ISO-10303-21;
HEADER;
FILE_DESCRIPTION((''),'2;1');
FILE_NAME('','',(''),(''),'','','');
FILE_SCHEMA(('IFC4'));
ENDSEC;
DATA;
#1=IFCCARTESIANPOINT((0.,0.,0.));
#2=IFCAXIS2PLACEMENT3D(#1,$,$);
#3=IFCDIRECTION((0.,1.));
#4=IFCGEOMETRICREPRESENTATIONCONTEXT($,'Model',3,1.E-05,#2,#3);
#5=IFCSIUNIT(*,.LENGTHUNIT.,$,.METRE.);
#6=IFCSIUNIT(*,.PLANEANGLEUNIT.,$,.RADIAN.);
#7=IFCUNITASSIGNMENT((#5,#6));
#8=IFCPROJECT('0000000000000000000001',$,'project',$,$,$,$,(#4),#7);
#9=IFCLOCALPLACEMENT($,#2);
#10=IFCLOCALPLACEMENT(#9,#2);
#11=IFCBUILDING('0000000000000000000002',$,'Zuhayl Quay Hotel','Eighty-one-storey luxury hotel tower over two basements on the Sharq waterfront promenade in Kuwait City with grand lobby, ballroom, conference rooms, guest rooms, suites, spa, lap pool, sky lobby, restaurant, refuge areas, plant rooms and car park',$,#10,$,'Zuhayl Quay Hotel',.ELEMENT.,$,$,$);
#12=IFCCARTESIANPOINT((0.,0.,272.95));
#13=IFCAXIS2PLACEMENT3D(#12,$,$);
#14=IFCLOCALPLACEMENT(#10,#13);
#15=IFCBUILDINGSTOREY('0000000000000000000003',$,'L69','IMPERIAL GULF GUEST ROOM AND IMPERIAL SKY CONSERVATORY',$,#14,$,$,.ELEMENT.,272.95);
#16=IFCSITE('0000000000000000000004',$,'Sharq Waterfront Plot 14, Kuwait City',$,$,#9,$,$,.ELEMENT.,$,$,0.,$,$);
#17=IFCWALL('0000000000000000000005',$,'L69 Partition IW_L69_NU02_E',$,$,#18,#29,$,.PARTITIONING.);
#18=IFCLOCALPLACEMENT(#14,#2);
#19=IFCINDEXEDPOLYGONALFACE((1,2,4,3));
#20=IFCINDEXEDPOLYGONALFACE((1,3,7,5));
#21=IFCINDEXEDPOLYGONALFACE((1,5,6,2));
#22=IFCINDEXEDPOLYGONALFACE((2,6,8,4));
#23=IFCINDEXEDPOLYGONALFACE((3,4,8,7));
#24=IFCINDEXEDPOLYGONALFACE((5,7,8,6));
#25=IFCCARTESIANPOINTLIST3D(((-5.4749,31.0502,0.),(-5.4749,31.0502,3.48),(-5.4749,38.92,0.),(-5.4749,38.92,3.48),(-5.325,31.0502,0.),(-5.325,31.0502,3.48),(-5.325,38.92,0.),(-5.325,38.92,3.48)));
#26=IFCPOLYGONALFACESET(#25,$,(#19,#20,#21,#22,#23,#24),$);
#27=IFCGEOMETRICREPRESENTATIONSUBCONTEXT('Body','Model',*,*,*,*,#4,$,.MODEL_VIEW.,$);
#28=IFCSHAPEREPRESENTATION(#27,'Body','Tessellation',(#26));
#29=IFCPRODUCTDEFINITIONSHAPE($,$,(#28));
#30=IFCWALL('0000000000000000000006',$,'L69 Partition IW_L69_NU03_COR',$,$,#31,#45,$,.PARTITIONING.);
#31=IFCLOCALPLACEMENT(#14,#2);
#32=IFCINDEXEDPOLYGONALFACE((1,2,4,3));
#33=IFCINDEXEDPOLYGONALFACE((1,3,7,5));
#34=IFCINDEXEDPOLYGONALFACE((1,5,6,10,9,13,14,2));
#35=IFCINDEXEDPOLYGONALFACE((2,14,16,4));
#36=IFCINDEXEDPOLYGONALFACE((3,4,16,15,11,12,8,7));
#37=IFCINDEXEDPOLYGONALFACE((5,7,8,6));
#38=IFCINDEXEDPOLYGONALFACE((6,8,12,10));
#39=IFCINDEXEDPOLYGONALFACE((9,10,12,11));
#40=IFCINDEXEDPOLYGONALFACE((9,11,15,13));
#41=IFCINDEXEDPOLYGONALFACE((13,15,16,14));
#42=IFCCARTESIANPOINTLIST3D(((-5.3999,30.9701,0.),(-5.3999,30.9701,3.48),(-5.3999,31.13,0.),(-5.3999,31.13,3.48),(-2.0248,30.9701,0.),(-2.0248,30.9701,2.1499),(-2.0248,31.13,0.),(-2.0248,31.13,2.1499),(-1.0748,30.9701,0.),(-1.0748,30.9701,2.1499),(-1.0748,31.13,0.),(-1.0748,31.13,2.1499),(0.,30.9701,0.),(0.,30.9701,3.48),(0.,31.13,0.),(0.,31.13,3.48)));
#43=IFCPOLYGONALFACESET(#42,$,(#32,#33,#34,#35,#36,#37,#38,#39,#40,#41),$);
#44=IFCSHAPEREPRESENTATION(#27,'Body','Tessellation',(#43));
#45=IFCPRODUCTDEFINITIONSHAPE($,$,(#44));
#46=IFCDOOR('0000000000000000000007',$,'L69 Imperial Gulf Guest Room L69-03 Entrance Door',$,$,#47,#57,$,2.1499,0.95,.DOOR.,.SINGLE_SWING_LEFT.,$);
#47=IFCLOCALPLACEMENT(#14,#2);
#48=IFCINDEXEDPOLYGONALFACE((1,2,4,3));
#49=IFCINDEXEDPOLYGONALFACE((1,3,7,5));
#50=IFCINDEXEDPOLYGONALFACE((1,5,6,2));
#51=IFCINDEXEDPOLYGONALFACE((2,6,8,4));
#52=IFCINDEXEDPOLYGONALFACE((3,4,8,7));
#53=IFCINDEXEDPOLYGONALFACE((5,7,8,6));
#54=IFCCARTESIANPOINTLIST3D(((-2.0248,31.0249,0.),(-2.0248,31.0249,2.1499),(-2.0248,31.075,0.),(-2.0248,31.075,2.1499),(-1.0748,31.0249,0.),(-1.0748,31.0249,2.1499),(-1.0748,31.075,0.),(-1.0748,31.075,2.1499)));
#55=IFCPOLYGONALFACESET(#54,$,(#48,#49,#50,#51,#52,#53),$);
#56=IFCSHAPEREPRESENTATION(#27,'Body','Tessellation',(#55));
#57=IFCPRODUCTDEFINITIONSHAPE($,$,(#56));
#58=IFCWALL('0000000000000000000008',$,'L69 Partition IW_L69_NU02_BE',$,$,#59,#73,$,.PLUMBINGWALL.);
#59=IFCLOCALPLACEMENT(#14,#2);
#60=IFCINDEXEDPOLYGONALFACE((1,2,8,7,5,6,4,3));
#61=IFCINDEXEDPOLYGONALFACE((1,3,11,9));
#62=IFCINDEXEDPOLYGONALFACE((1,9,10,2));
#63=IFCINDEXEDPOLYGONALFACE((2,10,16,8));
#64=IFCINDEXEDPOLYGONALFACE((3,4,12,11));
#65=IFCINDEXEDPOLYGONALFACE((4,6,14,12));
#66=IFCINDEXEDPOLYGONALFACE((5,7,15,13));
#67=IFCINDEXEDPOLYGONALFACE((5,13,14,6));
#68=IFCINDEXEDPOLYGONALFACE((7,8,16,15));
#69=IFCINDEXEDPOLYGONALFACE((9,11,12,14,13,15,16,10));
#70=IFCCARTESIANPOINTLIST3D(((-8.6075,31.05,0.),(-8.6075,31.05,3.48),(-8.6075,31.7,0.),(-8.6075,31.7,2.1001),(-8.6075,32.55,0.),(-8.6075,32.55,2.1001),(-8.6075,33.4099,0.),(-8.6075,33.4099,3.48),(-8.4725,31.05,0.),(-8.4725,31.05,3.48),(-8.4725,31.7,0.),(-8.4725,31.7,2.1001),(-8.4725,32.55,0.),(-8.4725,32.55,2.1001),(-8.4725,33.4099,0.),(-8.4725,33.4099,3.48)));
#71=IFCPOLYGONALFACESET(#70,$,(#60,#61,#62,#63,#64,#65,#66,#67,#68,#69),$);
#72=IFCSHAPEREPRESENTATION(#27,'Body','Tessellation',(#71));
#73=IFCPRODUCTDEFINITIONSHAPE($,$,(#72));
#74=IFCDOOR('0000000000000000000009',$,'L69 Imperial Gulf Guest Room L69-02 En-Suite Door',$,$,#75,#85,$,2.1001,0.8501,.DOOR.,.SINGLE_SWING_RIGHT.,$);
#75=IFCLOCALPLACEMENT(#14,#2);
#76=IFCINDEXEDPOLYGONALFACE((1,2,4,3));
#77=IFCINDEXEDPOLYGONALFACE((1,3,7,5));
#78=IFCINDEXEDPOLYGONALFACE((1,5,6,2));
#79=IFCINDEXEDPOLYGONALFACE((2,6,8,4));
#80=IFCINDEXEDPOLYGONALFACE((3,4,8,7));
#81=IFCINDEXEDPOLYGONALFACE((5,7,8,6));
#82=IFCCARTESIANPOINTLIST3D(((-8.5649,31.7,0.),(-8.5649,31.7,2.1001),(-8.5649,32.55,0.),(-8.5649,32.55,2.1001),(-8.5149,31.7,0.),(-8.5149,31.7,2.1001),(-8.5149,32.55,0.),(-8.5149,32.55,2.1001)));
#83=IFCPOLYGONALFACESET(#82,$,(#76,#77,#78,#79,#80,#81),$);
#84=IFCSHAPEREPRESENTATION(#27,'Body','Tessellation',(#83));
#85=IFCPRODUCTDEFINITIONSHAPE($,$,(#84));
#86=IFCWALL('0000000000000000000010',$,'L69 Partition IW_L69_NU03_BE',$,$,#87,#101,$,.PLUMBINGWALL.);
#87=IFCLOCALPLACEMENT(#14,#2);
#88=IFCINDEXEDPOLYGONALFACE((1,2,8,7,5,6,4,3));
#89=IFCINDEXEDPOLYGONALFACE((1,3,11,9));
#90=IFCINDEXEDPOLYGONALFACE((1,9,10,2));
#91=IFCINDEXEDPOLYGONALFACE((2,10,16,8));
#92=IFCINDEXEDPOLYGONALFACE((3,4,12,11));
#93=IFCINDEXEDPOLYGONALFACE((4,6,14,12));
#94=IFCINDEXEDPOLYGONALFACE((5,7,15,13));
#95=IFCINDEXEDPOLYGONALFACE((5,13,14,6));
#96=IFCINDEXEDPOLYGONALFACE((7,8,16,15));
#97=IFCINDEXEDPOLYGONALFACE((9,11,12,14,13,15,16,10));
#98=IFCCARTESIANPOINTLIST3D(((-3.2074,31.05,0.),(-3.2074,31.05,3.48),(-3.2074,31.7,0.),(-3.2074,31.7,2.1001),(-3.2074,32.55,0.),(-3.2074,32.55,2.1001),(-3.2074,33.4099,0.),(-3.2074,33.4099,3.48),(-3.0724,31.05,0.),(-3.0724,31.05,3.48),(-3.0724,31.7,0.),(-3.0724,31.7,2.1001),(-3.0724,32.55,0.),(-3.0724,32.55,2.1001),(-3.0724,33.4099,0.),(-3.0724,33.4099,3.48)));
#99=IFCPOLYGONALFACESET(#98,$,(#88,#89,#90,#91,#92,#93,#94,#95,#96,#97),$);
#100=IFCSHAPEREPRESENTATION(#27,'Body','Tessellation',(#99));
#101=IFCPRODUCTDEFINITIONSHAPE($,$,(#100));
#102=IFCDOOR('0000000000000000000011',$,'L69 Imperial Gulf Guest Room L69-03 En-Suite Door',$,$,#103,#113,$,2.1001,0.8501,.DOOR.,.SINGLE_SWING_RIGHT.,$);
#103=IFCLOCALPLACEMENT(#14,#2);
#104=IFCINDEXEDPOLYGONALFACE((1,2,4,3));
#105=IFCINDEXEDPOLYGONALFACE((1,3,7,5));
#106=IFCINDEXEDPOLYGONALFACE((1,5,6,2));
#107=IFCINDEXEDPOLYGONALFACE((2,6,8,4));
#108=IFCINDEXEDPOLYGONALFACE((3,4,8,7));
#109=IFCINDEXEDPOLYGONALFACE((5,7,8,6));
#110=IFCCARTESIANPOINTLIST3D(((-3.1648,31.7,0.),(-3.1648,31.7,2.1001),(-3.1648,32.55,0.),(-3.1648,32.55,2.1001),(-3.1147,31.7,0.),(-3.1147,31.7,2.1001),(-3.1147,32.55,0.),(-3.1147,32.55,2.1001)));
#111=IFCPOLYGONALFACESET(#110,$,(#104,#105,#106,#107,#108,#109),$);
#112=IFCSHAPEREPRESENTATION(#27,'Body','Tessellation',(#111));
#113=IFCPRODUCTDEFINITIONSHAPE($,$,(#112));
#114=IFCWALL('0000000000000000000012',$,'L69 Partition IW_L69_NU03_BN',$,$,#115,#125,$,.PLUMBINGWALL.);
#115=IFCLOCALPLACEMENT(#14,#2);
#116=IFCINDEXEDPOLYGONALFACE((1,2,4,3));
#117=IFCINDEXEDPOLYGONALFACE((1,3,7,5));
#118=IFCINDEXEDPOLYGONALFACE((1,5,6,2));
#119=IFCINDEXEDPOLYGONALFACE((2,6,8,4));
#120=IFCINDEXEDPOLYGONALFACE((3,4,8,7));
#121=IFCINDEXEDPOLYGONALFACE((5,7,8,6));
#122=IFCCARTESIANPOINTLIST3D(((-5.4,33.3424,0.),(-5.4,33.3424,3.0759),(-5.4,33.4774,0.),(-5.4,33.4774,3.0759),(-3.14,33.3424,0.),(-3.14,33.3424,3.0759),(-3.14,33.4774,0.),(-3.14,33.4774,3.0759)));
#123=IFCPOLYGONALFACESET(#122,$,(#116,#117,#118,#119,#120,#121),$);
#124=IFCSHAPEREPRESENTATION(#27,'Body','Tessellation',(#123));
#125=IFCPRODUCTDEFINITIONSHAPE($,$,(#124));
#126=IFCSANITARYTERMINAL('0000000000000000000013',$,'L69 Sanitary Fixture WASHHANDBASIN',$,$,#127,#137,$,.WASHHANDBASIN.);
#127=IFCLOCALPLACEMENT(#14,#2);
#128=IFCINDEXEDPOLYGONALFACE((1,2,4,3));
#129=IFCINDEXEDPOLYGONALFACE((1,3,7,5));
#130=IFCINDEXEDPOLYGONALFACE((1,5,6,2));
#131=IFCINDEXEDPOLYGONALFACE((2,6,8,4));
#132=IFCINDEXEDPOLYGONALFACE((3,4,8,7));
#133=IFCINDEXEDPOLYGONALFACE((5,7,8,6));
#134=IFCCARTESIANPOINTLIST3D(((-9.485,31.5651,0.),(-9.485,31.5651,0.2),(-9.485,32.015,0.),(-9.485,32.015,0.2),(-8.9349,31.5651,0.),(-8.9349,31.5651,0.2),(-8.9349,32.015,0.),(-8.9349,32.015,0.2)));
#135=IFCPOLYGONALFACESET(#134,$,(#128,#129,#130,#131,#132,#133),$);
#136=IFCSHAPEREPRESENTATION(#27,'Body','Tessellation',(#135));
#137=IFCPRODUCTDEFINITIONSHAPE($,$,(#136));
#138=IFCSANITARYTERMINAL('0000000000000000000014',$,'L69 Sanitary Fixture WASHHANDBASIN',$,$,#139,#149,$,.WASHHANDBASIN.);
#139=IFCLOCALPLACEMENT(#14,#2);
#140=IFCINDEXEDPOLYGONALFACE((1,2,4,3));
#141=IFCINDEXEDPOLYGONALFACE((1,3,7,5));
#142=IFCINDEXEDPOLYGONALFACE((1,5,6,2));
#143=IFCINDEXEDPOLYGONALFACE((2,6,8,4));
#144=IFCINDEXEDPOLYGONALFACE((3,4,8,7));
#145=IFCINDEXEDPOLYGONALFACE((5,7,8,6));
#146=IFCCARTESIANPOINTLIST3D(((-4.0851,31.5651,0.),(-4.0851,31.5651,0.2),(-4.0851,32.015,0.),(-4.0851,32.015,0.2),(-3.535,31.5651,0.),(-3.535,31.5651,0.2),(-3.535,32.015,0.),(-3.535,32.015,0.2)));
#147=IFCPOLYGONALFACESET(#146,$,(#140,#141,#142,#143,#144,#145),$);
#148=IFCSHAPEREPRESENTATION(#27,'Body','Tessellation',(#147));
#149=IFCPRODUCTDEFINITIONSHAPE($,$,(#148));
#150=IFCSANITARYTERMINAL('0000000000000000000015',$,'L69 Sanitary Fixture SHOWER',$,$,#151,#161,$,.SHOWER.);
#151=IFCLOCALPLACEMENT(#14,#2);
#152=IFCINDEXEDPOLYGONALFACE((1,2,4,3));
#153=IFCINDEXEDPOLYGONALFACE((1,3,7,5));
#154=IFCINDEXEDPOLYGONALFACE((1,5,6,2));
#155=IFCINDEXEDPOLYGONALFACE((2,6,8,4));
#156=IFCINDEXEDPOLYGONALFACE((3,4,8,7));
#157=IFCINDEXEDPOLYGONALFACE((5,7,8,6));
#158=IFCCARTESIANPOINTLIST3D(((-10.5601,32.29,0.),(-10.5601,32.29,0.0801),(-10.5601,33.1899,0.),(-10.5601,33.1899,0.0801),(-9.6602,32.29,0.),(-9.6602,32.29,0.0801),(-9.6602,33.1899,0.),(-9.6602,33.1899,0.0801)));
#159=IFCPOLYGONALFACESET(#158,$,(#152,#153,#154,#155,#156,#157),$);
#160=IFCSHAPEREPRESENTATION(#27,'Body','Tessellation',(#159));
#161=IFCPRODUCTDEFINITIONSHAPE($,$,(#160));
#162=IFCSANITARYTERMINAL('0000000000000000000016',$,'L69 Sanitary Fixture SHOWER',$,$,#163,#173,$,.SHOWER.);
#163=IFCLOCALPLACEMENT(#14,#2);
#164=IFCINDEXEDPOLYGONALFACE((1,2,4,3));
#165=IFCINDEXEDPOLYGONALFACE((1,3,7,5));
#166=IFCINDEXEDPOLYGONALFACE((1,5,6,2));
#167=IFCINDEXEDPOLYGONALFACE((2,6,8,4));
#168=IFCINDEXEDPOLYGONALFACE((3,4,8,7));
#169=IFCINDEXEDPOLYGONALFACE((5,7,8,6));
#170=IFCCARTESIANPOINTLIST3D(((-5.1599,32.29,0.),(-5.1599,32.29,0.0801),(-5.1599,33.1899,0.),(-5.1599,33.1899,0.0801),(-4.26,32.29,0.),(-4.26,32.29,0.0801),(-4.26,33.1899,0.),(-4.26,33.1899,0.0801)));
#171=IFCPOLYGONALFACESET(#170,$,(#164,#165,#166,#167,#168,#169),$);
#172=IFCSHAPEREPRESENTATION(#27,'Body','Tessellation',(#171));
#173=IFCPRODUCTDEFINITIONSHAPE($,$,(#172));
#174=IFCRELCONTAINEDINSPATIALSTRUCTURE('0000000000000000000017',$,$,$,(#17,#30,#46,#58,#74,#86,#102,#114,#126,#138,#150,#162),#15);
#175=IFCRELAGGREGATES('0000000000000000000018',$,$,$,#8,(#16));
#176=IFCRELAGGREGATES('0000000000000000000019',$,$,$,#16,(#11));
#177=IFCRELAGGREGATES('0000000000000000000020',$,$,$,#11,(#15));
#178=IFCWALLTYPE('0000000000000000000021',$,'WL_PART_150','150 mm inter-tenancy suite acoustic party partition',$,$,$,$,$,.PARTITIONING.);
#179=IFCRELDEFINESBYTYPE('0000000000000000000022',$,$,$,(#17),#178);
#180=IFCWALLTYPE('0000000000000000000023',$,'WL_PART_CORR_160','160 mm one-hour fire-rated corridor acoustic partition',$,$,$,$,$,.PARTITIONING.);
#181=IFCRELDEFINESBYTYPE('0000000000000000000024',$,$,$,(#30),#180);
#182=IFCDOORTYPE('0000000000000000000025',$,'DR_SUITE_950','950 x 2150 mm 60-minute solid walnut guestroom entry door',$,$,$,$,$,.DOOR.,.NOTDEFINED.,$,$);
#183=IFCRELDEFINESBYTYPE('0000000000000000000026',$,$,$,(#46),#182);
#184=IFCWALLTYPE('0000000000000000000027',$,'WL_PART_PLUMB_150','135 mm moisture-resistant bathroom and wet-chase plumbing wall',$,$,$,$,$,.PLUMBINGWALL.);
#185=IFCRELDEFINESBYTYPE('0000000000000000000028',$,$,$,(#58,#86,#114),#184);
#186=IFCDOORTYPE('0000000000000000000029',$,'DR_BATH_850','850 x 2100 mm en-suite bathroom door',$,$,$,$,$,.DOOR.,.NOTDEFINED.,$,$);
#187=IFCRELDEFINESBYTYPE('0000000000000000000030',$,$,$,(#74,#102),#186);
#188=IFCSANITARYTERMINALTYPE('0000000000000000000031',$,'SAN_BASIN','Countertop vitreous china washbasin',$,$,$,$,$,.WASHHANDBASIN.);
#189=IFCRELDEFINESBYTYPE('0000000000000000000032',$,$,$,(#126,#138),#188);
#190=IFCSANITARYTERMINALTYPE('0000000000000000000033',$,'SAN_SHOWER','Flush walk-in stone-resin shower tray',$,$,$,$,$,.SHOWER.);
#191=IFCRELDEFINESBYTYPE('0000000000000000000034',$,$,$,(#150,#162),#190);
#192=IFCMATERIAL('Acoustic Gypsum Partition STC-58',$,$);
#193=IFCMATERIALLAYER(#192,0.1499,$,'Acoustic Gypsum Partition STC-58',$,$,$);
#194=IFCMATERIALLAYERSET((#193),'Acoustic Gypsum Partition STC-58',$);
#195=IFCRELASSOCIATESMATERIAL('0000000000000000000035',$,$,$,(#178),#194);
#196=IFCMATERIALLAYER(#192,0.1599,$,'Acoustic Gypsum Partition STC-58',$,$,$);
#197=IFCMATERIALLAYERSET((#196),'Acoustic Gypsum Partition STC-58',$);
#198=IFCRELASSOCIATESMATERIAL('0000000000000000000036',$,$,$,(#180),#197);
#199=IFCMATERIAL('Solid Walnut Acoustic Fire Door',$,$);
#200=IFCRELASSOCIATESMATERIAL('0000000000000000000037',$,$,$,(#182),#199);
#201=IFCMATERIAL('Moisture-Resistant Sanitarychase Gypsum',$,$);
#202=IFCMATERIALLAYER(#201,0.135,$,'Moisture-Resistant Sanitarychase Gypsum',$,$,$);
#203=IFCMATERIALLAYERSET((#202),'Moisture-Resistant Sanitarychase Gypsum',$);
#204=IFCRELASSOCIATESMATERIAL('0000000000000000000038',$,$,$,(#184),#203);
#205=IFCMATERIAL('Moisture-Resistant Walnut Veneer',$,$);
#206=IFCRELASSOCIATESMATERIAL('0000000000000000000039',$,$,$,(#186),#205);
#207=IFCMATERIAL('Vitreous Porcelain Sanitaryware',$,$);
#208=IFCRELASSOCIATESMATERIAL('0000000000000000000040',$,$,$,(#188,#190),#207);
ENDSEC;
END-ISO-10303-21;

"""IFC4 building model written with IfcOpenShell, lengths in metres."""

from ifc_helpers import new_model, si_unit, direction, frame, frame_2d, origin, origin_2d, place, context, subcontext, project, spatial, rectangle, extrude, material, layer, layer_set, type_object, element, fill, save


model = new_model("IFC4")

# Units and contexts
model_context = context("Model", 3, precision=1e-05, world=origin(), true_north=direction((0.0, 1.0)))
body_context = subcontext(model_context, "Body", "Model", "MODEL_VIEW")
ifc_project = project(units=[si_unit("LENGTHUNIT", "METRE"), si_unit("PLANEANGLEUNIT", "RADIAN")], contexts=[model_context])

# Site, building, storey
site_placement = place(None, origin())
site = spatial("IfcSite", under=ifc_project, at=site_placement, Name="Sharq Waterfront Plot 14, Kuwait City", CompositionType="ELEMENT", RefElevation=0.0)
building_placement = place(site_placement, origin())
building = spatial("IfcBuilding", under=site, at=building_placement, Name="Zuhayl Quay Hotel", Description="Eighty-one-storey luxury hotel tower over two basements on the Sharq waterfront promenade in Kuwait City with grand lobby, ballroom, conference rooms, guest rooms, suites, spa, lap pool, sky lobby, restaurant, refuge areas, plant rooms and car park", LongName="Zuhayl Quay Hotel", CompositionType="ELEMENT")
storey_placement = place(building_placement, frame((0.0, 0.0, 272.95)))
storey = spatial("IfcBuildingStorey", under=building, at=storey_placement, Name="L69", Description="IMPERIAL GULF GUEST ROOM AND IMPERIAL SKY CONSERVATORY", CompositionType="ELEMENT", Elevation=272.95)

# Wall
ifc_material_1 = material(Name="Acoustic Gypsum Partition STC-58")
ifc_layer_1 = layer(ifc_material_1, 0.1499, Name="Acoustic Gypsum Partition STC-58")
ifc_layer_set_1 = layer_set([ifc_layer_1], Name="Acoustic Gypsum Partition STC-58")
wall_type_1 = type_object("IfcWallType", Name="WL_PART_150", Description="150 mm inter-tenancy suite acoustic party partition", PredefinedType="PARTITIONING", material=ifc_layer_set_1)
wall_1_placement = place(storey_placement, frame((-5.3999, 31.05, 0.0), z_axis=(0.0, 0.0, 1.0), x_axis=(0.0, 1.0, 0.0)))
element("IfcWall", 1, at=wall_1_placement, inside=storey, type_object=wall_type_1, Name="L69 Partition IW_L69_NU02_E", PredefinedType="PARTITIONING", context=body_context, shape_type="SweptSolid", body=[
    extrude(rectangle(XDim=7.8699, YDim=0.1499, at=frame_2d((3.9351, 0.0))), origin(), (0.0, 0.0, 1.0), 3.48),
])

# Walls, openings, doors
ifc_layer_2 = layer(ifc_material_1, 0.1599, Name="Acoustic Gypsum Partition STC-58")
ifc_layer_set_2 = layer_set([ifc_layer_2], Name="Acoustic Gypsum Partition STC-58")
wall_type_2 = type_object("IfcWallType", Name="WL_PART_CORR_160", Description="160 mm one-hour fire-rated corridor acoustic partition", PredefinedType="PARTITIONING", material=ifc_layer_set_2)
wall_2_placement = place(storey_placement, frame((-5.3999, 31.05, 0.0), z_axis=(0.0, 0.0, 1.0), x_axis=(1.0, 0.0, 0.0)))
wall_2 = element("IfcWall", 2, at=wall_2_placement, inside=storey, type_object=wall_type_2, Name="L69 Partition IW_L69_NU03_COR", PredefinedType="PARTITIONING", context=body_context, shape_type="SweptSolid", body=[
    extrude(rectangle(XDim=5.3999, YDim=0.1599, at=frame_2d((2.7, 0.0))), origin(), (0.0, 0.0, 1.0), 3.48),
])
opening_1_placement = place(wall_2_placement, frame((3.375, 0.0, 0.0)))
opening_1 = element("IfcOpeningElement", 3, at=opening_1_placement, cuts=wall_2, PredefinedType="OPENING", context=body_context, shape_type="SweptSolid", body=[
    extrude(rectangle(XDim=0.95, YDim=2.1499, at=frame_2d((0.4751, 1.075))), frame((0.0, 0.0898, 0.0), z_axis=(0.0, -1.0, 0.0), x_axis=(1.0, 0.0, 0.0)), (0.0, 0.0, 1.0), 0.1799),
])
ifc_material_2 = material(Name="Solid Walnut Acoustic Fire Door")
door_type_1 = type_object("IfcDoorType", Name="DR_SUITE_950", Description="950 x 2150 mm 60-minute solid walnut guestroom entry door", OperationType="NOTDEFINED", PredefinedType="DOOR", material=ifc_material_2)
door_1_placement = place(opening_1_placement, origin())
door_1 = element("IfcDoor", 4, at=door_1_placement, inside=storey, type_object=door_type_1, Name="L69 Imperial Gulf Guest Room L69-03 Entrance Door", OperationType="SINGLE_SWING_LEFT", OverallHeight=2.1499, OverallWidth=0.95, PredefinedType="DOOR", context=body_context, shape_type="SweptSolid", body=[
    extrude(rectangle(XDim=0.95, YDim=2.1499, at=frame_2d((0.4751, 1.075))), frame((0.0, 0.0249, 0.0), z_axis=(0.0, -1.0, 0.0), x_axis=(1.0, 0.0, 0.0)), (0.0, 0.0, 1.0), 0.05),
])
fill(opening_1, door_1)
ifc_material_3 = material(Name="Moisture-Resistant Sanitarychase Gypsum")
ifc_layer_3 = layer(ifc_material_3, 0.135, Name="Moisture-Resistant Sanitarychase Gypsum")
ifc_layer_set_3 = layer_set([ifc_layer_3], Name="Moisture-Resistant Sanitarychase Gypsum")
wall_type_3 = type_object("IfcWallType", Name="WL_PART_PLUMB_150", Description="135 mm moisture-resistant bathroom and wet-chase plumbing wall", PredefinedType="PLUMBINGWALL", material=ifc_layer_set_3)
wall_3_placement = place(storey_placement, frame((-8.54, 31.05, 0.0), z_axis=(0.0, 0.0, 1.0), x_axis=(0.0, 1.0, 0.0)))
wall_3 = element("IfcWall", 5, at=wall_3_placement, inside=storey, type_object=wall_type_3, Name="L69 Partition IW_L69_NU02_BE", PredefinedType="PLUMBINGWALL", context=body_context, shape_type="SweptSolid", body=[
    extrude(rectangle(XDim=2.3599, YDim=0.135, at=frame_2d((1.1799, 0.0))), origin(), (0.0, 0.0, 1.0), 3.48),
])
opening_2_placement = place(wall_3_placement, frame((0.6499, 0.0, 0.0)))
opening_2 = element("IfcOpeningElement", 6, at=opening_2_placement, cuts=wall_3, PredefinedType="OPENING", context=body_context, shape_type="SweptSolid", body=[
    extrude(rectangle(XDim=0.8501, YDim=2.1001, at=frame_2d((0.425, 1.05))), frame((0.0, 0.0774, 0.0), z_axis=(0.0, -1.0, 0.0), x_axis=(1.0, 0.0, 0.0)), (0.0, 0.0, 1.0), 0.155),
])
ifc_material_4 = material(Name="Moisture-Resistant Walnut Veneer")
door_type_2 = type_object("IfcDoorType", Name="DR_BATH_850", Description="850 x 2100 mm en-suite bathroom door", OperationType="NOTDEFINED", PredefinedType="DOOR", material=ifc_material_4)
door_2_placement = place(opening_2_placement, origin())
door_2 = element("IfcDoor", 7, at=door_2_placement, inside=storey, type_object=door_type_2, Name="L69 Imperial Gulf Guest Room L69-02 En-Suite Door", OperationType="SINGLE_SWING_RIGHT", OverallHeight=2.1001, OverallWidth=0.8501, PredefinedType="DOOR", context=body_context, shape_type="SweptSolid", body=[
    extrude(rectangle(XDim=0.8501, YDim=2.1001, at=frame_2d((0.425, 1.05))), frame((0.0, 0.0249, 0.0), z_axis=(0.0, -1.0, 0.0), x_axis=(1.0, 0.0, 0.0)), (0.0, 0.0, 1.0), 0.05),
])
fill(opening_2, door_2)
wall_4_placement = place(storey_placement, frame((-3.1399, 31.05, 0.0), z_axis=(0.0, 0.0, 1.0), x_axis=(0.0, 1.0, 0.0)))
wall_4 = element("IfcWall", 8, at=wall_4_placement, inside=storey, type_object=wall_type_3, Name="L69 Partition IW_L69_NU03_BE", PredefinedType="PLUMBINGWALL", context=body_context, shape_type="SweptSolid", body=[
    extrude(rectangle(XDim=2.3599, YDim=0.135, at=frame_2d((1.1799, 0.0))), origin(), (0.0, 0.0, 1.0), 3.48),
])
opening_3_placement = place(wall_4_placement, frame((0.6499, 0.0, 0.0)))
opening_3 = element("IfcOpeningElement", 9, at=opening_3_placement, cuts=wall_4, PredefinedType="OPENING", context=body_context, shape_type="SweptSolid", body=[
    extrude(rectangle(XDim=0.8501, YDim=2.1001, at=frame_2d((0.425, 1.05))), frame((0.0, 0.0774, 0.0), z_axis=(0.0, -1.0, 0.0), x_axis=(1.0, 0.0, 0.0)), (0.0, 0.0, 1.0), 0.155),
])
door_3_placement = place(opening_3_placement, origin())
door_3 = element("IfcDoor", 10, at=door_3_placement, inside=storey, type_object=door_type_2, Name="L69 Imperial Gulf Guest Room L69-03 En-Suite Door", OperationType="SINGLE_SWING_RIGHT", OverallHeight=2.1001, OverallWidth=0.8501, PredefinedType="DOOR", context=body_context, shape_type="SweptSolid", body=[
    extrude(rectangle(XDim=0.8501, YDim=2.1001, at=frame_2d((0.425, 1.05))), frame((0.0, 0.0249, 0.0), z_axis=(0.0, -1.0, 0.0), x_axis=(1.0, 0.0, 0.0)), (0.0, 0.0, 1.0), 0.05),
])
fill(opening_3, door_3)

# Wall
wall_5_placement = place(storey_placement, frame((-5.3999, 33.4099, 0.0), z_axis=(0.0, 0.0, 1.0), x_axis=(1.0, 0.0, 0.0)))
element("IfcWall", 11, at=wall_5_placement, inside=storey, type_object=wall_type_3, Name="L69 Partition IW_L69_NU03_BN", PredefinedType="PLUMBINGWALL", context=body_context, shape_type="SweptSolid", body=[
    extrude(rectangle(XDim=2.26, YDim=0.135, at=frame_2d((1.1299, 0.0))), origin(), (0.0, 0.0, 1.0), 3.0759),
])

# Sanitary terminals
ifc_material_5 = material(Name="Vitreous Porcelain Sanitaryware")
sanitary_terminal_type_1 = type_object("IfcSanitaryTerminalType", Name="SAN_BASIN", Description="Countertop vitreous china washbasin", PredefinedType="WASHHANDBASIN", material=ifc_material_5)
for number, where, z_axis, x_axis, name in (
    (12, (-9.21, 31.79, 0.0), (0.0, 0.0, 1.0), (1.0, 0.0, 0.0), "L69 Sanitary Fixture WASHHANDBASIN"),
    (13, (-3.8101, 31.79, 0.0), (0.0, 0.0, 1.0), (1.0, 0.0, 0.0), "L69 Sanitary Fixture WASHHANDBASIN"),
):
    element("IfcSanitaryTerminal", number, at=place(storey_placement, frame(where, z_axis=z_axis, x_axis=x_axis)), inside=storey, type_object=sanitary_terminal_type_1, Name=name, PredefinedType="WASHHANDBASIN", context=body_context, shape_type="SweptSolid", body=[
        extrude(rectangle(XDim=0.55, YDim=0.45, at=origin_2d()), origin(), (0.0, 0.0, 1.0), 0.2),
    ])
sanitary_terminal_type_2 = type_object("IfcSanitaryTerminalType", Name="SAN_SHOWER", Description="Flush walk-in stone-resin shower tray", PredefinedType="SHOWER", material=ifc_material_5)
for number, where, z_axis, x_axis, name in (
    (14, (-10.1101, 32.74, 0.0), (0.0, 0.0, 1.0), (1.0, 0.0, 0.0), "L69 Sanitary Fixture SHOWER"),
    (15, (-4.71, 32.74, 0.0), (0.0, 0.0, 1.0), (1.0, 0.0, 0.0), "L69 Sanitary Fixture SHOWER"),
):
    element("IfcSanitaryTerminal", number, at=place(storey_placement, frame(where, z_axis=z_axis, x_axis=x_axis)), inside=storey, type_object=sanitary_terminal_type_2, Name=name, PredefinedType="SHOWER", context=body_context, shape_type="SweptSolid", body=[
        extrude(rectangle(XDim=0.8999, YDim=0.8999, at=origin_2d()), origin(), (0.0, 0.0, 1.0), 0.0801),
    ])

save(model, "model.ifc")
